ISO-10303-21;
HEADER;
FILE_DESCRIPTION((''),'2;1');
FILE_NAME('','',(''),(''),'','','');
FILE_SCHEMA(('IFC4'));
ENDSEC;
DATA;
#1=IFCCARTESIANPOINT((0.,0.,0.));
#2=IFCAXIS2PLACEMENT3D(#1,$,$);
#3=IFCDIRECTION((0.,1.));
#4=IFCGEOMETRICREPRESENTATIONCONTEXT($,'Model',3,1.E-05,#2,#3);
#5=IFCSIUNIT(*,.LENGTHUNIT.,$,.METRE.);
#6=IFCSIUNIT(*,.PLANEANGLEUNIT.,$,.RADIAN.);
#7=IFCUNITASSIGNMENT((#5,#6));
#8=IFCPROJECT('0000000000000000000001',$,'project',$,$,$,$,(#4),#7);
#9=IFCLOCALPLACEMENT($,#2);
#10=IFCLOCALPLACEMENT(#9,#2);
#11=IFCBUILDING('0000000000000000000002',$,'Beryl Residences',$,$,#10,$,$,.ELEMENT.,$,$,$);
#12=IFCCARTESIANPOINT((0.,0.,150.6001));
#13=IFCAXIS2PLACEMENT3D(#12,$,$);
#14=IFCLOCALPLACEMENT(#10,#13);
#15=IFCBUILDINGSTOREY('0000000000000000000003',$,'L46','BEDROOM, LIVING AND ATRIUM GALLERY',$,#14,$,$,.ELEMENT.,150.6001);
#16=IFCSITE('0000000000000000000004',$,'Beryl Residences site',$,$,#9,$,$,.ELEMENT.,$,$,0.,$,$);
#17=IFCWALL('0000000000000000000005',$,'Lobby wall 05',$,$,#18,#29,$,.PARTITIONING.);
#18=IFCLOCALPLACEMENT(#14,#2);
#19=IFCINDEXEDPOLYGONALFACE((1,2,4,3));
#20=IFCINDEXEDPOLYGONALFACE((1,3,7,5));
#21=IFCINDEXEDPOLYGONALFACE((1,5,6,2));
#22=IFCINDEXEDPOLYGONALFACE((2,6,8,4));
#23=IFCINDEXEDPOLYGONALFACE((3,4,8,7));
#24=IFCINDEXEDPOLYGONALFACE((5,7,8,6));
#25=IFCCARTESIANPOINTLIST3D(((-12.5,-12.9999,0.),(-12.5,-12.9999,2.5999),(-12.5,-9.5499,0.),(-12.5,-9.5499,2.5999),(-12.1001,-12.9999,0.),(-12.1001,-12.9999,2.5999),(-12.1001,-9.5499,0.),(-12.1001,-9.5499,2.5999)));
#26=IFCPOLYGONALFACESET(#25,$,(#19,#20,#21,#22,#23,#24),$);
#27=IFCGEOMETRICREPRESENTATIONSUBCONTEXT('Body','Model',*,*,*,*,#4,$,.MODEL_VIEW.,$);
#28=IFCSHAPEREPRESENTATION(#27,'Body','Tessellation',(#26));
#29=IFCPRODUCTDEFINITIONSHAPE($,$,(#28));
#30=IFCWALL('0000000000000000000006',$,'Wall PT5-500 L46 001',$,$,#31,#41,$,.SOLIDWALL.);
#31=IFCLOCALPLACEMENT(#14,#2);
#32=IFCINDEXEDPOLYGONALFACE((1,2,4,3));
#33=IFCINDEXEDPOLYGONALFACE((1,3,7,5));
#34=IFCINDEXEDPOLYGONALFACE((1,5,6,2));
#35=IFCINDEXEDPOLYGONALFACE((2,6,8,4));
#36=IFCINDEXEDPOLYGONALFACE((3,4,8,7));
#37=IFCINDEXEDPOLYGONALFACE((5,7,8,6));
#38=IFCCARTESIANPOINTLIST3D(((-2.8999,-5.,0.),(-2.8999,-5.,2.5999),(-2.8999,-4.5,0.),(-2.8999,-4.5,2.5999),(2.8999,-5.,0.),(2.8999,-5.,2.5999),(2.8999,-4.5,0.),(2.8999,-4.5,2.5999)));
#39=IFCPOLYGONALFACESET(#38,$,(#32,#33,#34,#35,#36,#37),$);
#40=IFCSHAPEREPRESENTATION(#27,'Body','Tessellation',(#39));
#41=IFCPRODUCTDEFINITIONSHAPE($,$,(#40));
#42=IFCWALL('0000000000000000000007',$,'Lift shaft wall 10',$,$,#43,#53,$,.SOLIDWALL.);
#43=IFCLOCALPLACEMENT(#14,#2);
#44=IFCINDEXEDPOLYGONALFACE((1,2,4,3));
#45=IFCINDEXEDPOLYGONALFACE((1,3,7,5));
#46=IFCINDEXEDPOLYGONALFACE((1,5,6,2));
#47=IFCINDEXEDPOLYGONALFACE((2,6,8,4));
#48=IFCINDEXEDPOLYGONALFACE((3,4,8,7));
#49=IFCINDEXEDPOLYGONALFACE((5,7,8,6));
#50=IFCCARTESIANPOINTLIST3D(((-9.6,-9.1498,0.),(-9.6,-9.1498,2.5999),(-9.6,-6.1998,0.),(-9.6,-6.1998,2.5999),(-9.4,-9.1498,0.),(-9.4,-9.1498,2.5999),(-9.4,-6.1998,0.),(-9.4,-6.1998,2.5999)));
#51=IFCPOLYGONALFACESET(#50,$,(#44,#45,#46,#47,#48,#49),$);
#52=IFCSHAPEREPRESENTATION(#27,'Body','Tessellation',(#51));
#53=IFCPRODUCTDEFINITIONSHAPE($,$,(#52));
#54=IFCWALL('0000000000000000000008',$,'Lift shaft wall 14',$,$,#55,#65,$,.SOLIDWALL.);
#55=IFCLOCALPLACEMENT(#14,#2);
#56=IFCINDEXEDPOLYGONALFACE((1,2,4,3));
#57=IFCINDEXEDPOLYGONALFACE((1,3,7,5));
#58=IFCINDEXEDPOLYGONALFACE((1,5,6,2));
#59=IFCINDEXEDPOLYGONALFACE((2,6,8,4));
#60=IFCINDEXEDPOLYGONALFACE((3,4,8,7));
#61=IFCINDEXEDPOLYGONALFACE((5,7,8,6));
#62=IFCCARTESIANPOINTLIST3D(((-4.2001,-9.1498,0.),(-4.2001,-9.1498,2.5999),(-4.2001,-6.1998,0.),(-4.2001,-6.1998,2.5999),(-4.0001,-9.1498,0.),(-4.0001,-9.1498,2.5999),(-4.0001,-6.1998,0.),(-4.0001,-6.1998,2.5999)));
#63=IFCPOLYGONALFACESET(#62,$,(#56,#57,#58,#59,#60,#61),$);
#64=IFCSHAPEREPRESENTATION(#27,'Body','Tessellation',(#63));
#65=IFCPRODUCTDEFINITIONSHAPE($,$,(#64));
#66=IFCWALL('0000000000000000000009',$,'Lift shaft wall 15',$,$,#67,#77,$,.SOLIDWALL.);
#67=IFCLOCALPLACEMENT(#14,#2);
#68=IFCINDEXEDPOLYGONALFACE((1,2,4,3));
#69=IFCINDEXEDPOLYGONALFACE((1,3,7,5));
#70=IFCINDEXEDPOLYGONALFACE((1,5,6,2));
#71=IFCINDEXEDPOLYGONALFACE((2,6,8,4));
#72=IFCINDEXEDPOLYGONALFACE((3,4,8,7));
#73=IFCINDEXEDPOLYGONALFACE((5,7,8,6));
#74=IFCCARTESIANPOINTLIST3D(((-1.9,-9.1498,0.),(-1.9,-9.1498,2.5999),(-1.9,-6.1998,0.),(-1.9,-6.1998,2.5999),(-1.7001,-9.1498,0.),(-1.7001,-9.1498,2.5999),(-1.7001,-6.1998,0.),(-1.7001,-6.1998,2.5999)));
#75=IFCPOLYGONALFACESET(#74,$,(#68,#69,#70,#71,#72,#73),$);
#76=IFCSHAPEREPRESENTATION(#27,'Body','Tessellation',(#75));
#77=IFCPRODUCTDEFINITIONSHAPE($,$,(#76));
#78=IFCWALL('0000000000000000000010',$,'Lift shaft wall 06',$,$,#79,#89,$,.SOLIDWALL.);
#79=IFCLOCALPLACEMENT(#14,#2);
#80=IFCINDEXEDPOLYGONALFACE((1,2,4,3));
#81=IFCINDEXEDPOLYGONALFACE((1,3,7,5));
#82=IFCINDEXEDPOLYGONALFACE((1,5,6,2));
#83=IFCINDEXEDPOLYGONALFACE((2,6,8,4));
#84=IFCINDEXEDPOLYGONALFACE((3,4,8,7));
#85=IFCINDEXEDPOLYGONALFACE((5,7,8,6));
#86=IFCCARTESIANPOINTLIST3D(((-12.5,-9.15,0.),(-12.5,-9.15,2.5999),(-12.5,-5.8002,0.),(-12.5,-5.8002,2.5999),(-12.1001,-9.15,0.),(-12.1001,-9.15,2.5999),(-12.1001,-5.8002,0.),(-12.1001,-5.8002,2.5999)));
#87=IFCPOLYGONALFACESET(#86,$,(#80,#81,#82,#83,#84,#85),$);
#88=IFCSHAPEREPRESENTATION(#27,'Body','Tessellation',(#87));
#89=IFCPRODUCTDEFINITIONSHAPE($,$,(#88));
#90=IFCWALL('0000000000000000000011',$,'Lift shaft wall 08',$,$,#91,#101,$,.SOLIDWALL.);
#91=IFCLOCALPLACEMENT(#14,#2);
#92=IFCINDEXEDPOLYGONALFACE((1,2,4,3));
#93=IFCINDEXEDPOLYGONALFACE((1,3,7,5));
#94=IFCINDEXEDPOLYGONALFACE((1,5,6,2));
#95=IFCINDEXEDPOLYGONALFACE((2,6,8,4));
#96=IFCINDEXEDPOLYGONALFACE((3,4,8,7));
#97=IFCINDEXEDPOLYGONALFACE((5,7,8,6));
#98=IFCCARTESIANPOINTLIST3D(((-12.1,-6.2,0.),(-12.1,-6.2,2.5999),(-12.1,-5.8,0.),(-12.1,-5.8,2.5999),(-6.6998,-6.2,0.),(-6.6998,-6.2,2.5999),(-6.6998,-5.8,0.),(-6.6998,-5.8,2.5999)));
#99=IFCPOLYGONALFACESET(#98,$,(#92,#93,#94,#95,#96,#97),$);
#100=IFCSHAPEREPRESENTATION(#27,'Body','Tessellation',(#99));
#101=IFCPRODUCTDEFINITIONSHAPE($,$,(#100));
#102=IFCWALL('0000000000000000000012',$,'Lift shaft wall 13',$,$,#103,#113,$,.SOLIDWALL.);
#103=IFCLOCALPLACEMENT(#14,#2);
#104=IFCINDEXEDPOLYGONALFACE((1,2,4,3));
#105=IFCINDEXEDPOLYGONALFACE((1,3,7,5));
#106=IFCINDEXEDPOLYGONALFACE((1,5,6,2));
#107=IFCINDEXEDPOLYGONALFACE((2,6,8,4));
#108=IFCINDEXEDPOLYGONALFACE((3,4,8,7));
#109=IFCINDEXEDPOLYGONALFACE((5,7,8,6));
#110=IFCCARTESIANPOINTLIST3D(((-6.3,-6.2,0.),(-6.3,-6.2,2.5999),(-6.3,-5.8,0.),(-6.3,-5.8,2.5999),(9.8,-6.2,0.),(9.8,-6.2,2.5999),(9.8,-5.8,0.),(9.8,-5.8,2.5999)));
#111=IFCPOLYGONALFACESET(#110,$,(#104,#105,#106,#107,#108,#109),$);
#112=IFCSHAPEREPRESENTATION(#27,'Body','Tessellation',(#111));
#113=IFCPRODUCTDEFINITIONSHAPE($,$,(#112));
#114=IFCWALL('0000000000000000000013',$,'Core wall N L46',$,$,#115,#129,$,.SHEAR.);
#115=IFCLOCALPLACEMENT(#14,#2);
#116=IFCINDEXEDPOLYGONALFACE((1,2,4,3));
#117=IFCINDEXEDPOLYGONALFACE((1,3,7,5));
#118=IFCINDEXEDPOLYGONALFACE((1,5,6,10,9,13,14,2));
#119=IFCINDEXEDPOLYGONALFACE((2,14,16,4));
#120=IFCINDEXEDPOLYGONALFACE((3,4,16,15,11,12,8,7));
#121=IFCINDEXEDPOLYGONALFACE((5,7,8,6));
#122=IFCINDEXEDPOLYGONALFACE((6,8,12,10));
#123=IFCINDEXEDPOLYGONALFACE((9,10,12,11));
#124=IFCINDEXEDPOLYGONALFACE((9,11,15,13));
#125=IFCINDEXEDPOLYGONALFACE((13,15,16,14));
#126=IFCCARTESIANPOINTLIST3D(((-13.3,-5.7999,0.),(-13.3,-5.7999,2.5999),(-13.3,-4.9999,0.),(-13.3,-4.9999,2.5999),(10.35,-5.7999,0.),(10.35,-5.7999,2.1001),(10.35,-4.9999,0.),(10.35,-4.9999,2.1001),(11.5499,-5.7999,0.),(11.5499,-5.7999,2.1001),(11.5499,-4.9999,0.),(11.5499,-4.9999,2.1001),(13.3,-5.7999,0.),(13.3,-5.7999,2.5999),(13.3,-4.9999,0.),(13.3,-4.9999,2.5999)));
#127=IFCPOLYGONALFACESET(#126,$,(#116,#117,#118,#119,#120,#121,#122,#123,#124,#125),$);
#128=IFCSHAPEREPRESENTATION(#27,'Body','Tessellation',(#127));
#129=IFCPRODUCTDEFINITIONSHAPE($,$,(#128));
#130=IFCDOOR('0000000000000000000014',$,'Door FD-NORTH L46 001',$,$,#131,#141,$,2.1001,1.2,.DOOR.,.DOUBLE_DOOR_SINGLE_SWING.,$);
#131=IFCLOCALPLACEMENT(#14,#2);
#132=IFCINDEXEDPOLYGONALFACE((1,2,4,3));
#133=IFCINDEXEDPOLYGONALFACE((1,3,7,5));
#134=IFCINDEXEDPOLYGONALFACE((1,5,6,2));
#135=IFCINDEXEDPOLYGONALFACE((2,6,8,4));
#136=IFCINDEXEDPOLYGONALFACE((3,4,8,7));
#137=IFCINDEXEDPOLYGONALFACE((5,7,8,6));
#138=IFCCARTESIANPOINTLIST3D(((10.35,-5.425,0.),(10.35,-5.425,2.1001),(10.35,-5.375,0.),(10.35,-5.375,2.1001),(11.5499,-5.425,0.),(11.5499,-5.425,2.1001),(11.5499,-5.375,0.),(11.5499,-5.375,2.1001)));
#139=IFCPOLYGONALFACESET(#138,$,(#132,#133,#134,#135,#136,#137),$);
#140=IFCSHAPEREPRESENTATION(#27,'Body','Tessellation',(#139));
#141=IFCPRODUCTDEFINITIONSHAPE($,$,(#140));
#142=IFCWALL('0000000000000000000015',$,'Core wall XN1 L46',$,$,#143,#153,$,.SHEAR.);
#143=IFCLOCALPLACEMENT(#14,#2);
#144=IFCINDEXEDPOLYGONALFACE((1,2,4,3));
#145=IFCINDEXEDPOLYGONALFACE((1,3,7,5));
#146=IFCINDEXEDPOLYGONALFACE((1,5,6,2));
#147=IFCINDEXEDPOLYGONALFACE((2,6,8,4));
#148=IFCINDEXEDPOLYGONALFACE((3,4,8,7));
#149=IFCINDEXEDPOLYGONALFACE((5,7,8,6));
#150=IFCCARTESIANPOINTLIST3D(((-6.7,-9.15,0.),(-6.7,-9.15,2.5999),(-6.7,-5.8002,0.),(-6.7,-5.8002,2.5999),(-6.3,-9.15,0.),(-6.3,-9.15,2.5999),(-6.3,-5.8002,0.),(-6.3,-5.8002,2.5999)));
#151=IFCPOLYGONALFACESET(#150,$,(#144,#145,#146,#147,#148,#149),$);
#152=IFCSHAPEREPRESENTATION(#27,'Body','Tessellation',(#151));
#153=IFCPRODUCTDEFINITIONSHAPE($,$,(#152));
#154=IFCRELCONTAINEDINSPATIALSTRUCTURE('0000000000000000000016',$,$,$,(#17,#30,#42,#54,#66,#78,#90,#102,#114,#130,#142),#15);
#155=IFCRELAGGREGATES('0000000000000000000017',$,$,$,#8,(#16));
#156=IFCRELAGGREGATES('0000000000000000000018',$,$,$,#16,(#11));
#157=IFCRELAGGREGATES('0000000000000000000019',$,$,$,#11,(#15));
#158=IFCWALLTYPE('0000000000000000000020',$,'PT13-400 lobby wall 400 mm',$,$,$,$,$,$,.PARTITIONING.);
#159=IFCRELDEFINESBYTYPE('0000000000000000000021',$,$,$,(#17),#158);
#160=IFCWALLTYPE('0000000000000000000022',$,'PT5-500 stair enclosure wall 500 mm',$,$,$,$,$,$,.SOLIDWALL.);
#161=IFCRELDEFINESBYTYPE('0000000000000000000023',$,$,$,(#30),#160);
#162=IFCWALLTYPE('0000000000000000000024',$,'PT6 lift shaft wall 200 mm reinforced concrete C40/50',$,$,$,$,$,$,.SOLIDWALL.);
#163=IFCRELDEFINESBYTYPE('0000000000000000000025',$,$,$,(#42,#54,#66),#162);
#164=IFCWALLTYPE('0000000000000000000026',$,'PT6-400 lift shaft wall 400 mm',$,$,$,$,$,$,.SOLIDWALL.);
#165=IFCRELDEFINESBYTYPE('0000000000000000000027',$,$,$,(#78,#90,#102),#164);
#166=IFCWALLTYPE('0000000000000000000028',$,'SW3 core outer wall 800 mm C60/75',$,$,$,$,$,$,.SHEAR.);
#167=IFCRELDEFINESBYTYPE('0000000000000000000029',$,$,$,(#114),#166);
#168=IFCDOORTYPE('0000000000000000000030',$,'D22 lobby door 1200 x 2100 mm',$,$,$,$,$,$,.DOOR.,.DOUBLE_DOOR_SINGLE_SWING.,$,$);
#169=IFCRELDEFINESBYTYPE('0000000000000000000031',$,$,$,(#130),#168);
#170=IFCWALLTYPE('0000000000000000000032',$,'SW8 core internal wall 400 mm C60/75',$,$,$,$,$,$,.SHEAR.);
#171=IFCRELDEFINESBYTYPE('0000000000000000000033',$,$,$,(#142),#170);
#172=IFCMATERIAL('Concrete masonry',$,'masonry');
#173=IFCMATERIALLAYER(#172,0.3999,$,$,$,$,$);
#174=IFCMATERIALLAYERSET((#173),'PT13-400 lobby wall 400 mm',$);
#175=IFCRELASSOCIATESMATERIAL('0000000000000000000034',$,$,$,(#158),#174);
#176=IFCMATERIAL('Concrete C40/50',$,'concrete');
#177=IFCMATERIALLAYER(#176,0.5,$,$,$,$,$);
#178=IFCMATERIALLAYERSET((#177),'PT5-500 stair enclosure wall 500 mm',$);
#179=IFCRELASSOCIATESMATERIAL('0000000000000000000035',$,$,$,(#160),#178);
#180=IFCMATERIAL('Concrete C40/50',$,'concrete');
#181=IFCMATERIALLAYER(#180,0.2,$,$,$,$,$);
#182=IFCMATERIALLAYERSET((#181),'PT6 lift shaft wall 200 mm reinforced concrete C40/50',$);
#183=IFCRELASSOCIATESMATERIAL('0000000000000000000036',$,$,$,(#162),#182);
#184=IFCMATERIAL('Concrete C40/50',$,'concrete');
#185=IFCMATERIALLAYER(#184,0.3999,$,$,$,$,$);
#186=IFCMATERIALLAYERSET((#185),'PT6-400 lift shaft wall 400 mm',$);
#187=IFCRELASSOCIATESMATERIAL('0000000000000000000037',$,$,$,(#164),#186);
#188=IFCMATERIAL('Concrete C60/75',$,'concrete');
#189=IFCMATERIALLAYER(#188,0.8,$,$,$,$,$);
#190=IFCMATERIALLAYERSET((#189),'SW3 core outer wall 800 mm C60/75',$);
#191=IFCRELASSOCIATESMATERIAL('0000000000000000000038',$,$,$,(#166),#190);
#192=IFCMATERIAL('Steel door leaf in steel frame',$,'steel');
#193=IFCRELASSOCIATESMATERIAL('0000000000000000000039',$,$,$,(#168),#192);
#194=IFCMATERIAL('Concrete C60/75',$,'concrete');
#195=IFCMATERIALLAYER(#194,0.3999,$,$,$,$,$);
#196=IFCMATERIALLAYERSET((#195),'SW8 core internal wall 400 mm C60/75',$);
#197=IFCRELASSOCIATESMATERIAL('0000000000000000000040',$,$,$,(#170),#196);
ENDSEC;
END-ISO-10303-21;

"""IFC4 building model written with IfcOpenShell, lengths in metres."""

from ifc_helpers import new_model, si_unit, direction, frame, frame_2d, origin, place, context, subcontext, project, spatial, rectangle, extrude, material, layer, layer_set, type_object, element, fill, save


model = new_model("IFC4")

# Units and contexts
model_context = context("Model", 3, precision=1e-05, world=origin(), true_north=direction((0.0, 1.0)))
body_context = subcontext(model_context, "Body", "Model", "MODEL_VIEW")
ifc_project = project(units=[si_unit("LENGTHUNIT", "METRE"), si_unit("PLANEANGLEUNIT", "RADIAN")], contexts=[model_context])

# Site, building, storey
site_placement = place(None, origin())
site = spatial("IfcSite", under=ifc_project, at=site_placement, Name="Beryl Residences site", CompositionType="ELEMENT", RefElevation=0.0)
building_placement = place(site_placement, origin())
building = spatial("IfcBuilding", under=site, at=building_placement, Name="Beryl Residences", CompositionType="ELEMENT")
storey_placement = place(building_placement, frame((0.0, 0.0, 150.6001)))
storey = spatial("IfcBuildingStorey", under=building, at=storey_placement, Name="L46", Description="BEDROOM, LIVING AND ATRIUM GALLERY", CompositionType="ELEMENT", Elevation=150.6001)

# Walls
ifc_material_1 = material(Name="Concrete masonry", Category="masonry")
ifc_layer_1 = layer(ifc_material_1, 0.3999)
ifc_layer_set_1 = layer_set([ifc_layer_1], Name="PT13-400 lobby wall 400 mm")
wall_type_1 = type_object("IfcWallType", Name="PT13-400 lobby wall 400 mm", PredefinedType="PARTITIONING", material=ifc_layer_set_1)
wall_1_placement = place(storey_placement, frame((-12.3, -13.0, 0.0), z_axis=(0.0, 0.0, 1.0), x_axis=(0.0, 1.0, 0.0)))
element("IfcWall", 1, at=wall_1_placement, inside=storey, type_object=wall_type_1, Name="Lobby wall 05", PredefinedType="PARTITIONING", context=body_context, shape_type="SweptSolid", body=[
    extrude(rectangle(XDim=3.45, YDim=0.3999, at=frame_2d((1.7251, 0.0))), origin(), (0.0, 0.0, 1.0), 2.5999),
])
ifc_material_2 = material(Name="Concrete C40/50", Category="concrete")
ifc_layer_2 = layer(ifc_material_2, 0.5)
ifc_layer_set_2 = layer_set([ifc_layer_2], Name="PT5-500 stair enclosure wall 500 mm")
wall_type_2 = type_object("IfcWallType", Name="PT5-500 stair enclosure wall 500 mm", PredefinedType="SOLIDWALL", material=ifc_layer_set_2)
wall_2_placement = place(storey_placement, frame((-2.8999, -4.75, 0.0), z_axis=(0.0, 0.0, 1.0), x_axis=(1.0, 0.0, 0.0)))
element("IfcWall", 2, at=wall_2_placement, inside=storey, type_object=wall_type_2, Name="Wall PT5-500 L46 001", PredefinedType="SOLIDWALL", context=body_context, shape_type="SweptSolid", body=[
    extrude(rectangle(XDim=5.7998, YDim=0.5, at=frame_2d((2.8999, 0.0))), origin(), (0.0, 0.0, 1.0), 2.5999),
])
ifc_material_3 = material(Name="Concrete C40/50", Category="concrete")
ifc_layer_3 = layer(ifc_material_3, 0.2)
ifc_layer_set_3 = layer_set([ifc_layer_3], Name="PT6 lift shaft wall 200 mm reinforced concrete C40/50")
wall_type_3 = type_object("IfcWallType", Name="PT6 lift shaft wall 200 mm reinforced concrete C40/50", PredefinedType="SOLIDWALL", material=ifc_layer_set_3)
for number, where, z_axis, x_axis, name in (
    (3, (-9.5, -9.1499, 0.0), (0.0, 0.0, 1.0), (0.0, 1.0, 0.0), "Lift shaft wall 10"),
    (4, (-4.1001, -9.1499, 0.0), (0.0, 0.0, 1.0), (0.0, 1.0, 0.0), "Lift shaft wall 14"),
    (5, (-1.8, -9.1499, 0.0), (0.0, 0.0, 1.0), (0.0, 1.0, 0.0), "Lift shaft wall 15"),
):
    element("IfcWall", number, at=place(storey_placement, frame(where, z_axis=z_axis, x_axis=x_axis)), inside=storey, type_object=wall_type_3, Name=name, PredefinedType="SOLIDWALL", context=body_context, shape_type="SweptSolid", body=[
        extrude(rectangle(XDim=2.95, YDim=0.2, at=frame_2d((1.4751, 0.0))), origin(), (0.0, 0.0, 1.0), 2.5999),
    ])
ifc_material_4 = material(Name="Concrete C40/50", Category="concrete")
ifc_layer_4 = layer(ifc_material_4, 0.3999)
ifc_layer_set_4 = layer_set([ifc_layer_4], Name="PT6-400 lift shaft wall 400 mm")
wall_type_4 = type_object("IfcWallType", Name="PT6-400 lift shaft wall 400 mm", PredefinedType="SOLIDWALL", material=ifc_layer_set_4)
wall_3_placement = place(storey_placement, frame((-12.3, -9.1499, 0.0), z_axis=(0.0, 0.0, 1.0), x_axis=(0.0, 1.0, 0.0)))
element("IfcWall", 6, at=wall_3_placement, inside=storey, type_object=wall_type_4, Name="Lift shaft wall 06", PredefinedType="SOLIDWALL", context=body_context, shape_type="SweptSolid", body=[
    extrude(rectangle(XDim=3.3499, YDim=0.3999, at=frame_2d((1.6748, 0.0))), origin(), (0.0, 0.0, 1.0), 2.5999),
])
wall_4_placement = place(storey_placement, frame((-12.1001, -6.0, 0.0), z_axis=(0.0, 0.0, 1.0), x_axis=(1.0, 0.0, 0.0)))
element("IfcWall", 7, at=wall_4_placement, inside=storey, type_object=wall_type_4, Name="Lift shaft wall 08", PredefinedType="SOLIDWALL", context=body_context, shape_type="SweptSolid", body=[
    extrude(rectangle(XDim=5.4001, YDim=0.3999, at=frame_2d((2.7002, 0.0))), origin(), (0.0, 0.0, 1.0), 2.5999),
])
wall_5_placement = place(storey_placement, frame((-6.3, -6.0, 0.0), z_axis=(0.0, 0.0, 1.0), x_axis=(1.0, 0.0, 0.0)))
element("IfcWall", 8, at=wall_5_placement, inside=storey, type_object=wall_type_4, Name="Lift shaft wall 13", PredefinedType="SOLIDWALL", context=body_context, shape_type="SweptSolid", body=[
    extrude(rectangle(XDim=16.1001, YDim=0.3999, at=frame_2d((8.05, 0.0))), origin(), (0.0, 0.0, 1.0), 2.5999),
])

# Wall, opening, door
ifc_material_5 = material(Name="Concrete C60/75", Category="concrete")
ifc_layer_5 = layer(ifc_material_5, 0.8)
ifc_layer_set_5 = layer_set([ifc_layer_5], Name="SW3 core outer wall 800 mm C60/75")
wall_type_5 = type_object("IfcWallType", Name="SW3 core outer wall 800 mm C60/75", PredefinedType="SHEAR", material=ifc_layer_set_5)
wall_6_placement = place(storey_placement, frame((-13.3, -5.3999, 0.0), z_axis=(0.0, 0.0, 1.0), x_axis=(1.0, 0.0, 0.0)))
wall_6 = element("IfcWall", 9, at=wall_6_placement, inside=storey, type_object=wall_type_5, Name="Core wall N L46", PredefinedType="SHEAR", context=body_context, shape_type="SweptSolid", body=[
    extrude(rectangle(XDim=26.6001, YDim=0.8, at=frame_2d((13.3, 0.0))), origin(), (0.0, 0.0, 1.0), 2.5999),
])
opening_1_placement = place(wall_6_placement, frame((23.6499, 0.0, 0.0)))
opening_1 = element("IfcOpeningElement", 10, at=opening_1_placement, cuts=wall_6, PredefinedType="OPENING", context=body_context, shape_type="SweptSolid", body=[
    extrude(rectangle(XDim=1.2, YDim=2.1001, at=frame_2d((0.6001, 1.05))), frame((0.0, 0.4099, 0.0), z_axis=(0.0, -1.0, 0.0), x_axis=(1.0, 0.0, 0.0)), (0.0, 0.0, 1.0), 0.8201),
])
ifc_material_6 = material(Name="Steel door leaf in steel frame", Category="steel")
door_type_1 = type_object("IfcDoorType", Name="D22 lobby door 1200 x 2100 mm", OperationType="DOUBLE_DOOR_SINGLE_SWING", PredefinedType="DOOR", material=ifc_material_6)
door_1_placement = place(opening_1_placement, origin())
door_1 = element("IfcDoor", 11, at=door_1_placement, inside=storey, type_object=door_type_1, Name="Door FD-NORTH L46 001", OperationType="DOUBLE_DOOR_SINGLE_SWING", OverallHeight=2.1001, OverallWidth=1.2, PredefinedType="DOOR", context=body_context, shape_type="SweptSolid", body=[
    extrude(rectangle(XDim=1.2, YDim=2.1001, at=frame_2d((0.6001, 1.05))), frame((0.0, 0.0249, 0.0), z_axis=(0.0, -1.0, 0.0), x_axis=(1.0, 0.0, 0.0)), (0.0, 0.0, 1.0), 0.05),
])
fill(opening_1, door_1)

# Shared definitions
ifc_material_7 = material(Name="Concrete C60/75", Category="concrete")
ifc_layer_6 = layer(ifc_material_7, 0.3999)
ifc_layer_set_6 = layer_set([ifc_layer_6], Name="SW8 core internal wall 400 mm C60/75")
wall_type_6 = type_object("IfcWallType", Name="SW8 core internal wall 400 mm C60/75", PredefinedType="SHEAR", material=ifc_layer_set_6)

# Wall
wall_7_placement = place(storey_placement, frame((-6.5, -9.1499, 0.0), z_axis=(0.0, 0.0, 1.0), x_axis=(0.0, 1.0, 0.0)))
element("IfcWall", 12, at=wall_7_placement, inside=storey, type_object=wall_type_6, Name="Core wall XN1 L46", PredefinedType="SHEAR", context=body_context, shape_type="SweptSolid", body=[
    extrude(rectangle(XDim=3.3499, YDim=0.3999, at=frame_2d((1.6748, 0.0))), origin(), (0.0, 0.0, 1.0), 2.5999),
])

save(model, "model.ifc")
